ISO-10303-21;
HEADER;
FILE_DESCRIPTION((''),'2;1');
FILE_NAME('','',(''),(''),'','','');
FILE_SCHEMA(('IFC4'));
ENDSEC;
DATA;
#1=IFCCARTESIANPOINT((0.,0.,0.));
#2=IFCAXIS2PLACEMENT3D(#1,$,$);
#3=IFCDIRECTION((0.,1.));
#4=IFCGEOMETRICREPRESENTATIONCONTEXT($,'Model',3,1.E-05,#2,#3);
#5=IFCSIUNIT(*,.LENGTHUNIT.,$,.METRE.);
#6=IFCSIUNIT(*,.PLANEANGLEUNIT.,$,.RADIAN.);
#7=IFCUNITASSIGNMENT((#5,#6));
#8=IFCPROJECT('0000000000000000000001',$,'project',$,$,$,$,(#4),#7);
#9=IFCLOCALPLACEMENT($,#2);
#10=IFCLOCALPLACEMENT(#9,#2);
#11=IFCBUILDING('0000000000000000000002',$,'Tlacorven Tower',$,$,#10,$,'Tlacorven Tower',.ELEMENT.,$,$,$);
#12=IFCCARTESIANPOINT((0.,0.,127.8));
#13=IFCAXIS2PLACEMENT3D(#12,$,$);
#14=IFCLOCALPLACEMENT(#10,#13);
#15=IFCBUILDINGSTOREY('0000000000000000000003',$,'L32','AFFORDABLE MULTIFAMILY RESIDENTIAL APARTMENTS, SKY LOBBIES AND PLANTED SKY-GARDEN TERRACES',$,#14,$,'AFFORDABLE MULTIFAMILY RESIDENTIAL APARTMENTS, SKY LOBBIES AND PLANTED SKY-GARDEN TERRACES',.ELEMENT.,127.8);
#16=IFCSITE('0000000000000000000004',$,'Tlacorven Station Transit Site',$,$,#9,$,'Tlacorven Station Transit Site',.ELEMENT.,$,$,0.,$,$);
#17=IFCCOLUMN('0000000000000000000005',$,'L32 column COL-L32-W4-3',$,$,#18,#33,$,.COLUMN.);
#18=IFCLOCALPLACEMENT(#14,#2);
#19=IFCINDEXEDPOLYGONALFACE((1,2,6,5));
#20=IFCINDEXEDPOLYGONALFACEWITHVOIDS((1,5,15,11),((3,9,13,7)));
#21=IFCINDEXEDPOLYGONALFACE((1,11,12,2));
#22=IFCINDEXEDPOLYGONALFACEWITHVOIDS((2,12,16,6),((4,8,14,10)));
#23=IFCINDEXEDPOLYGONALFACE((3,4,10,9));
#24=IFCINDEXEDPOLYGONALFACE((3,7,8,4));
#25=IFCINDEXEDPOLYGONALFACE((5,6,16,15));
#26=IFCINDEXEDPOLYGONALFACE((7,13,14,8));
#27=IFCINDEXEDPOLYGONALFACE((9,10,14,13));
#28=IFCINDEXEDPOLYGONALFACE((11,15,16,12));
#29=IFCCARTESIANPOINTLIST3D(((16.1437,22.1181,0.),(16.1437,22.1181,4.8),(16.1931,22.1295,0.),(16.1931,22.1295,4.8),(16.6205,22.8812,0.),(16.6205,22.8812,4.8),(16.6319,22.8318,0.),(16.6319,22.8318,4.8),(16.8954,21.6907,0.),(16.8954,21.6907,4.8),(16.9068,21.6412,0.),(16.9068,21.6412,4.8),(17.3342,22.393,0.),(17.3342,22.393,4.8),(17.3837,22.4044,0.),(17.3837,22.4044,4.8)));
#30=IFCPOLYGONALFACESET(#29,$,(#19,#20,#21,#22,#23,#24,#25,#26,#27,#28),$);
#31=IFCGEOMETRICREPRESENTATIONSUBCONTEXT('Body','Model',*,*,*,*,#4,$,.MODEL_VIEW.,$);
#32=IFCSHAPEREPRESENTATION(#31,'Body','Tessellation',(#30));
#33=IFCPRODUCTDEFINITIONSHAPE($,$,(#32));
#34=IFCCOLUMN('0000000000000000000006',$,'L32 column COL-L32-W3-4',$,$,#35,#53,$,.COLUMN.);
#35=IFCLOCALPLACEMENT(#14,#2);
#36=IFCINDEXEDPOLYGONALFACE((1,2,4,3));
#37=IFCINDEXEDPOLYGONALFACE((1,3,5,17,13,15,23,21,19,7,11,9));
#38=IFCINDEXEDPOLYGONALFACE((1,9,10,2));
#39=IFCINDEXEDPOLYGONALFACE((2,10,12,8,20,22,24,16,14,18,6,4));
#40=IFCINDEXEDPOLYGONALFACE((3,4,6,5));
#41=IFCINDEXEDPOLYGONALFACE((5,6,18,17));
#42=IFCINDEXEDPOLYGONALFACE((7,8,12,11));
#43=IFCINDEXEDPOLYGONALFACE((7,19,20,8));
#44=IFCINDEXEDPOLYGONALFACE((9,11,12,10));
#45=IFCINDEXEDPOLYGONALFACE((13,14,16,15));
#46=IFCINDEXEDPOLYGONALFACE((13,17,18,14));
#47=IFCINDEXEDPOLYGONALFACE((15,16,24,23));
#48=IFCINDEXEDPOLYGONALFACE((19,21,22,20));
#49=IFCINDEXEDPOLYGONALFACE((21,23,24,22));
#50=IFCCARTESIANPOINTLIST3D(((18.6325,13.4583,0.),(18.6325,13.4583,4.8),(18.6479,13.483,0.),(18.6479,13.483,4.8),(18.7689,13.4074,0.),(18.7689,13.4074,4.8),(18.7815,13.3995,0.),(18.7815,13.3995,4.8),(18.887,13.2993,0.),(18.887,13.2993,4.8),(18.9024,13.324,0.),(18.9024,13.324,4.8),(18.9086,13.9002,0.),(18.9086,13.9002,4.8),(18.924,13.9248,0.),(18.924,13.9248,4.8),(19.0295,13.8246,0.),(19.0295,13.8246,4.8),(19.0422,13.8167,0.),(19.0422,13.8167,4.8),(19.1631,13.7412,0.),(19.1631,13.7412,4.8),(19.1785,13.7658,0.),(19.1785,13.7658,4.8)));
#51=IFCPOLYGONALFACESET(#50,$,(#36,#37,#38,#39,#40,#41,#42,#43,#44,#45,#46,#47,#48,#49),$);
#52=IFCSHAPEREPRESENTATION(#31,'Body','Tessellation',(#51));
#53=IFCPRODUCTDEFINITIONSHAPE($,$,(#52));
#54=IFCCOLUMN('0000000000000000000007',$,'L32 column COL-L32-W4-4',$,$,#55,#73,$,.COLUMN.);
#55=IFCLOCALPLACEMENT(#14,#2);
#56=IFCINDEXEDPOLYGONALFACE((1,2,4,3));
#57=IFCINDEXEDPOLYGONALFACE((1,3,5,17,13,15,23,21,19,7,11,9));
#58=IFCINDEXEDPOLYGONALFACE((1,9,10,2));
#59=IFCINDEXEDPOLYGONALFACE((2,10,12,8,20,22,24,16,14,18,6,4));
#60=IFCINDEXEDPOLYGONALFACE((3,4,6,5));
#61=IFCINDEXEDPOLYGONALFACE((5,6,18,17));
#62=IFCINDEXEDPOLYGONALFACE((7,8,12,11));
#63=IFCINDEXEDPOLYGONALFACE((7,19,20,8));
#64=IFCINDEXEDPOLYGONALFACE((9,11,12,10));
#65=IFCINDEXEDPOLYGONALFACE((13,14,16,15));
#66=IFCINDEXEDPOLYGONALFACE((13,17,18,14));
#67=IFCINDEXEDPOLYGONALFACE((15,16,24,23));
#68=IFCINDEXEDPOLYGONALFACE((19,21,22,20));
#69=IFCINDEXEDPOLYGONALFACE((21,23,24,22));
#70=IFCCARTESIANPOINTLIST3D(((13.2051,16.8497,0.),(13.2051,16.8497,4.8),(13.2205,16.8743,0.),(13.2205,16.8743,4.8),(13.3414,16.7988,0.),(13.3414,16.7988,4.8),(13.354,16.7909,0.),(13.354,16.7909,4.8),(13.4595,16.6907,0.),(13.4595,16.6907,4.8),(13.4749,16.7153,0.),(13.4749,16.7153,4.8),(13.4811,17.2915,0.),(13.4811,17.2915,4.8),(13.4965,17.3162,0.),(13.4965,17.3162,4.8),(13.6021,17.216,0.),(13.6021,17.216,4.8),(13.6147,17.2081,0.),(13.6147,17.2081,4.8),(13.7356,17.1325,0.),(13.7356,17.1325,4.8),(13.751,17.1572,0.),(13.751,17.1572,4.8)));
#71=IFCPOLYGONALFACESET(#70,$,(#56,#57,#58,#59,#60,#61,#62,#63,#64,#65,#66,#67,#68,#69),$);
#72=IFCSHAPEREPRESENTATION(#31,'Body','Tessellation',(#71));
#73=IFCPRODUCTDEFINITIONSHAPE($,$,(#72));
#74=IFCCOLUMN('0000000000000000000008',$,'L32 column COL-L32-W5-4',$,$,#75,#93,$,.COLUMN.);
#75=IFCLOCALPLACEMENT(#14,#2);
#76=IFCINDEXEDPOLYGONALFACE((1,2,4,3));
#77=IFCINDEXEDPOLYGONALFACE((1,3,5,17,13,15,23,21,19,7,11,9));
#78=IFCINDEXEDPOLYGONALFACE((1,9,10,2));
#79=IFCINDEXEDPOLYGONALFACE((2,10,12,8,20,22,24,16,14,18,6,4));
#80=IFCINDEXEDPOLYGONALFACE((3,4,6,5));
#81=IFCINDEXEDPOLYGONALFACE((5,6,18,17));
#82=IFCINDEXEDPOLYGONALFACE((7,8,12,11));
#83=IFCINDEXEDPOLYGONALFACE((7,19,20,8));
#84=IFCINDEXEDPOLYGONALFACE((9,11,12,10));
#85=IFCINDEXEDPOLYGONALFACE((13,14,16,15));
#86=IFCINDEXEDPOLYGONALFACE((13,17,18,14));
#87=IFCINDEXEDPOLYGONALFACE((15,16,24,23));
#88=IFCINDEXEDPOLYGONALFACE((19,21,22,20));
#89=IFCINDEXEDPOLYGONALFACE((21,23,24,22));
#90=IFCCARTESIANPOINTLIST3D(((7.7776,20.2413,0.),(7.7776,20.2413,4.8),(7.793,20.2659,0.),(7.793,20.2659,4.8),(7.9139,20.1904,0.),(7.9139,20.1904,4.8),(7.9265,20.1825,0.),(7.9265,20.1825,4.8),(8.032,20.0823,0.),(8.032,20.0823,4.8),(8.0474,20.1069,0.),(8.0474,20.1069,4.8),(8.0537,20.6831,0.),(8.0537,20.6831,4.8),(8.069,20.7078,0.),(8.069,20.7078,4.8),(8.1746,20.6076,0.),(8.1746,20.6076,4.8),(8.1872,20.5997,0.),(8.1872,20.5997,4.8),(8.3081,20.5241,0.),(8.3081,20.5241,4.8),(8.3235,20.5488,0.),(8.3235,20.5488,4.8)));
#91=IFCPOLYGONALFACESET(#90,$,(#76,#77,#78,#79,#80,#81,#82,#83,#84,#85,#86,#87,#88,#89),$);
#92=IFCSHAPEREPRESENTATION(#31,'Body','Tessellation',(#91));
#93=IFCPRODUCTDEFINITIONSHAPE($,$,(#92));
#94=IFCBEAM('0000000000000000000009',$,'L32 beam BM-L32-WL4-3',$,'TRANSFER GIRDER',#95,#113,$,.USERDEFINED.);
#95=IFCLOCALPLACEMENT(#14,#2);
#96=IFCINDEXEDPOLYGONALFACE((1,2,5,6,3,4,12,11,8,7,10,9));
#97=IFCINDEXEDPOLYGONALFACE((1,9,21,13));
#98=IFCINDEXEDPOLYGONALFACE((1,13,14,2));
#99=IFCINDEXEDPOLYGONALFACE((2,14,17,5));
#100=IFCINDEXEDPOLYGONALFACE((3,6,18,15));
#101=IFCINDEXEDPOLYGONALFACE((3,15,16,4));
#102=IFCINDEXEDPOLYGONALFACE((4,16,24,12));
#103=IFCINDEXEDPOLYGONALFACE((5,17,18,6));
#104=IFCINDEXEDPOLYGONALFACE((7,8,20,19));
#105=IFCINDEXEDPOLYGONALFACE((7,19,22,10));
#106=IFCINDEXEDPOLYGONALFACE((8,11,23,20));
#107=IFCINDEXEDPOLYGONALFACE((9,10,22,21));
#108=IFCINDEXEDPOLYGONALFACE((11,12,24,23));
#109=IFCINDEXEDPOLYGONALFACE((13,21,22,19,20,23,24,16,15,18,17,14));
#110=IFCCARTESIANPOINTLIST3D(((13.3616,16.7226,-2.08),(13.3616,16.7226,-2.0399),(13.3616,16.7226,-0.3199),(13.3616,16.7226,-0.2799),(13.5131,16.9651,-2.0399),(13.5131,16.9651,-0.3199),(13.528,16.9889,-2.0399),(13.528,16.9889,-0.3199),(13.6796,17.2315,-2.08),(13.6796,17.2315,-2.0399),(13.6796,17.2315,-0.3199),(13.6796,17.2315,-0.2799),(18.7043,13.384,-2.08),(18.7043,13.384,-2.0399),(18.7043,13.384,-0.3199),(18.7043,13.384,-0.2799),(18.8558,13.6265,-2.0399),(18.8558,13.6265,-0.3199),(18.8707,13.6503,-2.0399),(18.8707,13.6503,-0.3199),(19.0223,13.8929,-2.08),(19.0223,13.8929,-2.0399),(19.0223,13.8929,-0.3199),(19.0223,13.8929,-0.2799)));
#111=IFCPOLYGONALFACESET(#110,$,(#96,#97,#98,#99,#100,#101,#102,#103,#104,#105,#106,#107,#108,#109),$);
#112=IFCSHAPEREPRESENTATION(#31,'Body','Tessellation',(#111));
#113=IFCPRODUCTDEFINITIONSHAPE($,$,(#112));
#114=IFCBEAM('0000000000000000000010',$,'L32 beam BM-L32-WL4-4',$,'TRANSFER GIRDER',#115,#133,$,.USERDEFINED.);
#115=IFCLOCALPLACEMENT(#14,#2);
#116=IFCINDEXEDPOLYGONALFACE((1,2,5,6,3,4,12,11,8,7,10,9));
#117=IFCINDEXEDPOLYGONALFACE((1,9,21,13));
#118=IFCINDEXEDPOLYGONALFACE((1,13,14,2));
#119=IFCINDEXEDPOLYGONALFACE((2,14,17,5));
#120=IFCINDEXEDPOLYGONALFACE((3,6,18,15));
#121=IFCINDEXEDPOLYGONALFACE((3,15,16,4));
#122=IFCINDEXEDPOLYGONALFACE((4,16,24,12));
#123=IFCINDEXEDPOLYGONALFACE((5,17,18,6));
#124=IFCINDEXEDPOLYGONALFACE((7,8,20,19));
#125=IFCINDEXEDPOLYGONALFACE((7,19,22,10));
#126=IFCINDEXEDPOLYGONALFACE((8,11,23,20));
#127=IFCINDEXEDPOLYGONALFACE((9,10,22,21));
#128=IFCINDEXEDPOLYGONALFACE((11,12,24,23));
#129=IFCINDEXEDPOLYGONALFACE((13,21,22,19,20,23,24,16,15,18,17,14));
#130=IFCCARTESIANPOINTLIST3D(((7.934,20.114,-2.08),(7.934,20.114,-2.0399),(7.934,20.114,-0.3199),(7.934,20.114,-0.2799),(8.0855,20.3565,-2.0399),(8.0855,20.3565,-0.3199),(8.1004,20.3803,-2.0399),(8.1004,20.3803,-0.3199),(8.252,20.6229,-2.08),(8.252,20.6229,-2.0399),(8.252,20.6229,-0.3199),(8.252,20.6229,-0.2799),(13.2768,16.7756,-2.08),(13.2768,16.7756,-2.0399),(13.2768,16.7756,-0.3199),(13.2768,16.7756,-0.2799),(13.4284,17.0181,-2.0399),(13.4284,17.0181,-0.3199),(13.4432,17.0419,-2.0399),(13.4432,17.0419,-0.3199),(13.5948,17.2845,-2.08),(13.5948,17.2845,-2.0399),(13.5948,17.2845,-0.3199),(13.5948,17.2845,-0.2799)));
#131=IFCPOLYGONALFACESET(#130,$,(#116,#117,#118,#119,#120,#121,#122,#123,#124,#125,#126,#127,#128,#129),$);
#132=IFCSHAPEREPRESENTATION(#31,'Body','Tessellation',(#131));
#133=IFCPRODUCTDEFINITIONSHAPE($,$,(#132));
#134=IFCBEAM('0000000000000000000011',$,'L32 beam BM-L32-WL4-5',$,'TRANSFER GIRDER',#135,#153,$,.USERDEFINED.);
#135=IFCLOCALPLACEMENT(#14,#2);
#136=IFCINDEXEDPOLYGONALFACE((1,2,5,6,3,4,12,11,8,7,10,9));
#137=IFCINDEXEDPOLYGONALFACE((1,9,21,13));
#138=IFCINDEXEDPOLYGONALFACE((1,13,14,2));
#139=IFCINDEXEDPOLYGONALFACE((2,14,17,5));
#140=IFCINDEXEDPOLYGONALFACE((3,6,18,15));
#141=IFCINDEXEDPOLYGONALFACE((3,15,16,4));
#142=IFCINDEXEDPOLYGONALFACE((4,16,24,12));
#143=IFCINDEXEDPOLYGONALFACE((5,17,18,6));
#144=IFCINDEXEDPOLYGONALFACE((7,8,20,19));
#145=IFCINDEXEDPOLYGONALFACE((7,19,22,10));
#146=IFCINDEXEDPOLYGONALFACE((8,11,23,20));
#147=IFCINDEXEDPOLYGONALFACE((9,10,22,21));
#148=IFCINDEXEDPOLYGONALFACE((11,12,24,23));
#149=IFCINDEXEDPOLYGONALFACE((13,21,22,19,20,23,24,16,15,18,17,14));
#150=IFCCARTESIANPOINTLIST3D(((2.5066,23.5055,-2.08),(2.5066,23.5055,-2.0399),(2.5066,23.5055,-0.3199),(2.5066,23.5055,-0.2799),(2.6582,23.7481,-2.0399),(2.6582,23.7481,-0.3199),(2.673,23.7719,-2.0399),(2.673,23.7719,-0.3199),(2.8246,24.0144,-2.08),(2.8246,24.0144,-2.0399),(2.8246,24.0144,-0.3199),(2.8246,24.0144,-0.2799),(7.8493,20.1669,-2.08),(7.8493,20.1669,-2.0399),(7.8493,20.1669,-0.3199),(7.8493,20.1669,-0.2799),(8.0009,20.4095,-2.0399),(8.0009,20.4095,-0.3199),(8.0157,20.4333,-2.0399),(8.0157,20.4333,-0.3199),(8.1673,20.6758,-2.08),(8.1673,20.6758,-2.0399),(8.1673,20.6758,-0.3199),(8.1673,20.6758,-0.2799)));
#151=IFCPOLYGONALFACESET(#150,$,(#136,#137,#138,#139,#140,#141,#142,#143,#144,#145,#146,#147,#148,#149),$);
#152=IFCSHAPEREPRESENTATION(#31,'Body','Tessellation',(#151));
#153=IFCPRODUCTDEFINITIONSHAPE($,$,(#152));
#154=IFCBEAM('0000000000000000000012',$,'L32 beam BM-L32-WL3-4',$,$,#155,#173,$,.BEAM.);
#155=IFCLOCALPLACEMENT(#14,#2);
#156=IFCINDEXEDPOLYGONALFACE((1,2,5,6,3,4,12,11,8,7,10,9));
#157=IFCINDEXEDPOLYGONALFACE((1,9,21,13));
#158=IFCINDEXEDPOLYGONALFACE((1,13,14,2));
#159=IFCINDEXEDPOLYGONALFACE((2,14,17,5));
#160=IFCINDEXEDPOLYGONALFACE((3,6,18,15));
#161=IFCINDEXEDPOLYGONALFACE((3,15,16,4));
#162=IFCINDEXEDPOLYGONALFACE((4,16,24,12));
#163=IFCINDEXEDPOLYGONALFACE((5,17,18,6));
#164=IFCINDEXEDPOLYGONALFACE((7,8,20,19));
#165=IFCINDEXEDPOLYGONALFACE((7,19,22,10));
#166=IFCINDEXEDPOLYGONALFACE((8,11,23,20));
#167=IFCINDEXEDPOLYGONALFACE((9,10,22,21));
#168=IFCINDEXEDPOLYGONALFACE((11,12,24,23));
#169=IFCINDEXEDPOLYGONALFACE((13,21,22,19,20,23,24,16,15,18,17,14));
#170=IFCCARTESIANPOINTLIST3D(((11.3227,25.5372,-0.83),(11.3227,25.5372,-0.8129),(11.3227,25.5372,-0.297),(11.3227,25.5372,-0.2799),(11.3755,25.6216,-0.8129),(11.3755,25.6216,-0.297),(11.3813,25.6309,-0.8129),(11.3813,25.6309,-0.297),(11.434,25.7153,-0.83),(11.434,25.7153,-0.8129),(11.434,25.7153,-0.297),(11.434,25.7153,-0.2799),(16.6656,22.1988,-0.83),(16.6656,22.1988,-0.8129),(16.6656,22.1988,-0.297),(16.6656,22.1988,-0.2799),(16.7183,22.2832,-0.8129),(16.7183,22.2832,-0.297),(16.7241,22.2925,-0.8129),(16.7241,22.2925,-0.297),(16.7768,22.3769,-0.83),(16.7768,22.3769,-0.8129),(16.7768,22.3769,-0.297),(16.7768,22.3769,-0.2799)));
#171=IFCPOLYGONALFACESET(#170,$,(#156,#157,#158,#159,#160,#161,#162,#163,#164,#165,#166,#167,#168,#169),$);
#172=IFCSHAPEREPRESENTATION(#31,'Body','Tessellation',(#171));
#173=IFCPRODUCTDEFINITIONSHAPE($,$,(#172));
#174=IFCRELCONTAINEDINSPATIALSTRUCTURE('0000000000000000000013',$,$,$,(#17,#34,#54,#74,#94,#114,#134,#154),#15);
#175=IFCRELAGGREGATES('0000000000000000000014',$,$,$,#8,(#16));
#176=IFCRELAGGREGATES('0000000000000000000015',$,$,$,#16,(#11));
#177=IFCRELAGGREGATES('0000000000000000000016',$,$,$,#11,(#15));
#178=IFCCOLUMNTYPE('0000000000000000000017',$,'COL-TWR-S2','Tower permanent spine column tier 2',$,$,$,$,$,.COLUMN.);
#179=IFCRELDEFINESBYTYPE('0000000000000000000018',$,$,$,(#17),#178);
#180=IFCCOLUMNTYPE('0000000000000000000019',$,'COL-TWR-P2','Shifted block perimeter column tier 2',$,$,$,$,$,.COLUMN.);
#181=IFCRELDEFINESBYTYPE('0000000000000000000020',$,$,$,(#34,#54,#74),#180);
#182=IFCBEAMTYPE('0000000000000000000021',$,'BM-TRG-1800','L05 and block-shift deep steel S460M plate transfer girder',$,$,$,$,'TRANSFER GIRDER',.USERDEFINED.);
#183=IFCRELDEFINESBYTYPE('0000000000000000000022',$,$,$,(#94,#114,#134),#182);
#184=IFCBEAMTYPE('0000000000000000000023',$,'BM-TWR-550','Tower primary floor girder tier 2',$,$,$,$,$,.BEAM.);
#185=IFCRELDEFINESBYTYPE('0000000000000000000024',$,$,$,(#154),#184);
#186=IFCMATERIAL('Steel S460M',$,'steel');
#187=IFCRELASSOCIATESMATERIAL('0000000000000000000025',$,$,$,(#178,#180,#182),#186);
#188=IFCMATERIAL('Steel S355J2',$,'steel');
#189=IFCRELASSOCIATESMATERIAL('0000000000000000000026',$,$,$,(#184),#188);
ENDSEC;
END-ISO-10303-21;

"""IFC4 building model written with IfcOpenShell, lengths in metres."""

from ifc_helpers import new_model, si_unit, direction, frame, origin, origin_2d, place, context, subcontext, project, spatial, hollow_rectangle, i_section, extrude, source, transform, mapped, material, material_profile, profile_set, type_object, element, save


model = new_model("IFC4")

# Units and contexts
model_context = context("Model", 3, precision=1e-05, world=origin(), true_north=direction((0.0, 1.0)))
body_context = subcontext(model_context, "Body", "Model", "MODEL_VIEW")
ifc_project = project(units=[si_unit("LENGTHUNIT", "METRE"), si_unit("PLANEANGLEUNIT", "RADIAN")], contexts=[model_context])

# Site, building, storey
site_placement = place(None, origin())
site = spatial("IfcSite", under=ifc_project, at=site_placement, Name="Tlacorven Station Transit Site", LongName="Tlacorven Station Transit Site", CompositionType="ELEMENT", RefElevation=0.0)
building_placement = place(site_placement, origin())
building = spatial("IfcBuilding", under=site, at=building_placement, Name="Tlacorven Tower", LongName="Tlacorven Tower", CompositionType="ELEMENT")
storey_placement = place(building_placement, frame((0.0, 0.0, 127.8)))
storey = spatial("IfcBuildingStorey", under=building, at=storey_placement, Name="L32", Description="AFFORDABLE MULTIFAMILY RESIDENTIAL APARTMENTS, SKY LOBBIES AND PLANTED SKY-GARDEN TERRACES", LongName="AFFORDABLE MULTIFAMILY RESIDENTIAL APARTMENTS, SKY LOBBIES AND PLANTED SKY-GARDEN TERRACES", CompositionType="ELEMENT", Elevation=127.8)

# Columns
ifc_material_1 = material(Name="Steel S460M", Category="steel")
ifc_material_profile_1 = material_profile(ifc_material_1, hollow_rectangle(XDim=0.8999, YDim=0.8999, WallThickness=0.0359, at=origin_2d()), Name="BOX 900X900X36")
ifc_profile_set_1 = profile_set([ifc_material_profile_1], Name="Steel S460M")
column_type_1 = type_object("IfcColumnType", Name="COL-TWR-S2", Description="Tower permanent spine column tier 2", PredefinedType="COLUMN", material=ifc_profile_set_1)
shared_shape_1 = source(origin(), body_context, "Body", "SweptSolid", [
    extrude(hollow_rectangle(XDim=0.8999, YDim=0.8999, WallThickness=0.0359, at=origin_2d()), origin(), (0.0, 0.0, 1.0), 4.8),
])
column_placement = place(storey_placement, frame((16.7637, 22.2612, 0.0), z_axis=(0.0, 0.0, 1.0), x_axis=(-0.848048, 0.529919, 0.0)))
element("IfcColumn", 1, at=column_placement, inside=storey, type_object=column_type_1, Name="L32 column COL-L32-W4-3", PredefinedType="COLUMN", context=body_context, shape_type="MappedRepresentation", body=[
    mapped(shared_shape_1, transform((0.0, 0.0, 0.0), scale=1.0)),
])
ifc_material_profile_2 = material_profile(ifc_material_1, i_section(OverallWidth=0.3, OverallDepth=0.55, WebThickness=0.0149, FlangeThickness=0.0291, at=origin_2d()), Name="HEB 550")
ifc_profile_set_2 = profile_set([ifc_material_profile_2], Name="Steel S460M")
column_type_2 = type_object("IfcColumnType", Name="COL-TWR-P2", Description="Shifted block perimeter column tier 2", PredefinedType="COLUMN", material=ifc_profile_set_2)
shared_shape_2 = source(origin(), body_context, "Body", "SweptSolid", [
    extrude(i_section(OverallWidth=0.3, OverallDepth=0.55, WebThickness=0.0149, FlangeThickness=0.0291, at=origin_2d()), origin(), (0.0, 0.0, 1.0), 4.8),
])
for number, where, z_axis, x_axis, name in (
    (2, (18.9055, 13.6121, 0.0), (0.0, 0.0, 1.0), (-0.848048, 0.529919, 0.0), "L32 column COL-L32-W3-4"),
    (3, (13.478, 17.0034, 0.0), (0.0, 0.0, 1.0), (-0.848048, 0.529919, 0.0), "L32 column COL-L32-W4-4"),
    (4, (8.0505, 20.395, 0.0), (0.0, 0.0, 1.0), (-0.848048, 0.529919, 0.0), "L32 column COL-L32-W5-4"),
):
    element("IfcColumn", number, at=place(storey_placement, frame(where, z_axis=z_axis, x_axis=x_axis)), inside=storey, type_object=column_type_2, Name=name, PredefinedType="COLUMN", context=body_context, shape_type="MappedRepresentation", body=[
        mapped(shared_shape_2, transform((0.0, 0.0, 0.0), scale=1.0)),
    ])

# Beams
ifc_material_profile_3 = material_profile(ifc_material_1, i_section(OverallWidth=0.6001, OverallDepth=1.8, WebThickness=0.0281, FlangeThickness=0.04, at=origin_2d()), Name="PG 1800X600X28X40")
ifc_profile_set_3 = profile_set([ifc_material_profile_3], Name="Steel S460M")
beam_type_1 = type_object("IfcBeamType", Name="BM-TRG-1800", Description="L05 and block-shift deep steel S460M plate transfer girder", ElementType="TRANSFER GIRDER", PredefinedType="USERDEFINED", material=ifc_profile_set_3)
shared_shape_3 = source(origin(), body_context, "Body", "SweptSolid", [
    extrude(i_section(OverallWidth=0.6001, OverallDepth=1.8, WebThickness=0.0281, FlangeThickness=0.04, at=origin_2d()), origin(), (0.0, 0.0, 1.0), 6.3),
])
for number, where, z_axis, x_axis, name in (
    (5, (18.8633, 13.6384, -1.1799), (-0.848042, 0.529929, 0.0), (-0.529929, -0.848042, 0.0), "L32 beam BM-L32-WL4-3"),
    (6, (13.4358, 17.03, -1.1799), (-0.848059, 0.529901, 0.0), (-0.529901, -0.848059, 0.0), "L32 beam BM-L32-WL4-4"),
    (7, (8.0083, 20.4214, -1.1799), (-0.848042, 0.529929, 0.0), (-0.529929, -0.848042, 0.0), "L32 beam BM-L32-WL4-5"),
):
    element("IfcBeam", number, at=place(storey_placement, frame(where, z_axis=z_axis, x_axis=x_axis)), inside=storey, type_object=beam_type_1, Name=name, ObjectType="TRANSFER GIRDER", PredefinedType="USERDEFINED", context=body_context, shape_type="MappedRepresentation", body=[
        mapped(shared_shape_3, transform((0.0, 0.0, 0.0), scale=1.0)),
    ])
ifc_material_2 = material(Name="Steel S355J2", Category="steel")
ifc_material_profile_4 = material_profile(ifc_material_2, i_section(OverallWidth=0.21, OverallDepth=0.55, WebThickness=0.011, FlangeThickness=0.0171, at=origin_2d()), Name="IPE 550")
ifc_profile_set_4 = profile_set([ifc_material_profile_4], Name="Steel S355J2")
beam_type_2 = type_object("IfcBeamType", Name="BM-TWR-550", Description="Tower primary floor girder tier 2", PredefinedType="BEAM", material=ifc_profile_set_4)
shared_shape_4 = source(origin(), body_context, "Body", "SweptSolid", [
    extrude(i_section(OverallWidth=0.21, OverallDepth=0.55, WebThickness=0.011, FlangeThickness=0.0171, at=origin_2d()), origin(), (0.0, 0.0, 1.0), 6.3),
])
beam_1_placement = place(storey_placement, frame((16.7212, 22.2878, -0.5549), z_axis=(-0.848059, 0.529901, 0.0), x_axis=(-0.529901, -0.848059, 0.0)))
element("IfcBeam", 8, at=beam_1_placement, inside=storey, type_object=beam_type_2, Name="L32 beam BM-L32-WL3-4", PredefinedType="BEAM", context=body_context, shape_type="MappedRepresentation", body=[
    mapped(shared_shape_4, transform((0.0, 0.0, 0.0), scale=1.0)),
])

save(model, "model.ifc")
